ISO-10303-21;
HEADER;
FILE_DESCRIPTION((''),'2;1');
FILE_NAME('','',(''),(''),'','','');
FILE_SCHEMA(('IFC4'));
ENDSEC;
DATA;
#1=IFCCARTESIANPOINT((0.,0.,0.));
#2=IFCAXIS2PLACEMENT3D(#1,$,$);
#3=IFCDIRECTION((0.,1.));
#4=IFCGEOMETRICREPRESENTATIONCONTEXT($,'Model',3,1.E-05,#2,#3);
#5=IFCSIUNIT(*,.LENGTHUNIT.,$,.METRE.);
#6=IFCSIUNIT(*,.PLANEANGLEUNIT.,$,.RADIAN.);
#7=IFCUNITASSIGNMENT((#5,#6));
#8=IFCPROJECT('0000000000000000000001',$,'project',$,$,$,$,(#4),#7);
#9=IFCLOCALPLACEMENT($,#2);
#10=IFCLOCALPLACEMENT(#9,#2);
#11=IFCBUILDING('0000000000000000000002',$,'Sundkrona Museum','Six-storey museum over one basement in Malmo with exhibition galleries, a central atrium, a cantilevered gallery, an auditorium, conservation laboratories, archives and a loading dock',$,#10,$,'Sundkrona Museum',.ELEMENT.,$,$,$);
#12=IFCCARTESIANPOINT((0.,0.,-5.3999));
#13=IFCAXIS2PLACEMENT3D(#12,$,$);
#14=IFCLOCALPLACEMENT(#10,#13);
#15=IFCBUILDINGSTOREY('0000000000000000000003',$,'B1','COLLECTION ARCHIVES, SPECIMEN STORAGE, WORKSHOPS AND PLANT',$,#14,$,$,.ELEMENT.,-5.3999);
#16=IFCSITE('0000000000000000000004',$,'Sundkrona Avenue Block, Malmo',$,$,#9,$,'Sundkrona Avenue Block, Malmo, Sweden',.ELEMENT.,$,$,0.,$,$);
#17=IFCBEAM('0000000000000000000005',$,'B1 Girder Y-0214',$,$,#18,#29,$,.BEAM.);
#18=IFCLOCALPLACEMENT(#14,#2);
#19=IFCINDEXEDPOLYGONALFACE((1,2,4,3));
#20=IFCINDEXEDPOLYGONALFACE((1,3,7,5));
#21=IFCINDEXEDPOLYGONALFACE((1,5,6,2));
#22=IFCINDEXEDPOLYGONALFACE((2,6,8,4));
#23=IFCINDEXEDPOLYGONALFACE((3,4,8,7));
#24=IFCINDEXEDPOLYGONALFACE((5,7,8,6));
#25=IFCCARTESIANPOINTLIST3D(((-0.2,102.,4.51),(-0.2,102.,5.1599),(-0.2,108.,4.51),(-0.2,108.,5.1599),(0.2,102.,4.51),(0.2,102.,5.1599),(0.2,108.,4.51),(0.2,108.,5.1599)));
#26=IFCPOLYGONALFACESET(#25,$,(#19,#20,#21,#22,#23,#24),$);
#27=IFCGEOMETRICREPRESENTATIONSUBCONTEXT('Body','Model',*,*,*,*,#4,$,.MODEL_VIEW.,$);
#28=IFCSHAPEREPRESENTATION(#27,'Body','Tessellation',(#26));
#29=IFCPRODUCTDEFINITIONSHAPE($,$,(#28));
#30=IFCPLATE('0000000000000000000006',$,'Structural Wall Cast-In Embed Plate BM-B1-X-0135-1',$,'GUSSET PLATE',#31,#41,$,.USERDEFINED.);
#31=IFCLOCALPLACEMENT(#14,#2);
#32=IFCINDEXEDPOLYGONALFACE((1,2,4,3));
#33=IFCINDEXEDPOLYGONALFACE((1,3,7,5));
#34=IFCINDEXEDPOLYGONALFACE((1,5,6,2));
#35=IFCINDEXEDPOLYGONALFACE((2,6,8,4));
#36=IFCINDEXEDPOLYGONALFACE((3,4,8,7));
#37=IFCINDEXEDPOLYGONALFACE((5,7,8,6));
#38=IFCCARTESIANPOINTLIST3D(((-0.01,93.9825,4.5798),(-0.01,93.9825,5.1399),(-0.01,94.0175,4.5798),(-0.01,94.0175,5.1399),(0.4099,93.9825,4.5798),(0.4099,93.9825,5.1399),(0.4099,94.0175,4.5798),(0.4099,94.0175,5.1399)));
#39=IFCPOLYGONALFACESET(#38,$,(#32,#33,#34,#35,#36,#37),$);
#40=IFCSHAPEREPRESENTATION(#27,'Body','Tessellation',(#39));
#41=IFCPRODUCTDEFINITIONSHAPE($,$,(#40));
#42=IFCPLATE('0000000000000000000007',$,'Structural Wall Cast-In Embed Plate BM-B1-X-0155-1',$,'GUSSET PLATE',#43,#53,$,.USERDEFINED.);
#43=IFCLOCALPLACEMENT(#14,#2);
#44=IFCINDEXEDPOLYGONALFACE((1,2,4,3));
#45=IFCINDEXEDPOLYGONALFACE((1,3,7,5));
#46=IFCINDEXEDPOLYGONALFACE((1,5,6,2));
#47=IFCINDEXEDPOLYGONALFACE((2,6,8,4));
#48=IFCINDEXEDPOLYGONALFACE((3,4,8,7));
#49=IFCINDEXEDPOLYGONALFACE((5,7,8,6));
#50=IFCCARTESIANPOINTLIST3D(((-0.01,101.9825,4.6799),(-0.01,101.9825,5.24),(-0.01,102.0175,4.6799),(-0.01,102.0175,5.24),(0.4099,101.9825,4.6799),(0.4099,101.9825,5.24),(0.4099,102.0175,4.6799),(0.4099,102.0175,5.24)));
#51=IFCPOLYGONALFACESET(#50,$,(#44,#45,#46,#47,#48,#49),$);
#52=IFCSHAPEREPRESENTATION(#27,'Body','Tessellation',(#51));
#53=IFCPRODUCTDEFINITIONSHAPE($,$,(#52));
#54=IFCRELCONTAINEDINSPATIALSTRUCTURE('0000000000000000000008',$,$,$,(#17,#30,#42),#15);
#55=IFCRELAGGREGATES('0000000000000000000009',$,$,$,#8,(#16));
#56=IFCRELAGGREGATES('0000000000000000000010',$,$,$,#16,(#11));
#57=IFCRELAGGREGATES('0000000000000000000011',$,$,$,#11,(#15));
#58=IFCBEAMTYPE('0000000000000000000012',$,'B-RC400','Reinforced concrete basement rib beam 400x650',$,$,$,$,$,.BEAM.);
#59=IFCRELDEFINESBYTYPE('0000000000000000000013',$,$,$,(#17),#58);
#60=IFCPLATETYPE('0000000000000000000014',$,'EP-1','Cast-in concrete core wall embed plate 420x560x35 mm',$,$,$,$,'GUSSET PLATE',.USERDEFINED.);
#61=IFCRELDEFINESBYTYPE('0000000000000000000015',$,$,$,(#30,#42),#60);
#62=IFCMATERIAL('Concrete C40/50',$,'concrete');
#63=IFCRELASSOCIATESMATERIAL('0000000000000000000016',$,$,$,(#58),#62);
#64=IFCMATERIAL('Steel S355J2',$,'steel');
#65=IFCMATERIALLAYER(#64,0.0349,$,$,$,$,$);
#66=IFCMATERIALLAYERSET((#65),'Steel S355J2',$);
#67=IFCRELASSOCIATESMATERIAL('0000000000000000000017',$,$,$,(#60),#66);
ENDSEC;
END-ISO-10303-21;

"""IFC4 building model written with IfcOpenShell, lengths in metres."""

from ifc_helpers import new_model, si_unit, direction, frame, origin, origin_2d, place, context, subcontext, project, spatial, rectangle, extrude, material, layer, layer_set, material_profile, profile_set, type_object, element, save


model = new_model("IFC4")

# Units and contexts
model_context = context("Model", 3, precision=1e-05, world=origin(), true_north=direction((0.0, 1.0)))
body_context = subcontext(model_context, "Body", "Model", "MODEL_VIEW")
ifc_project = project(units=[si_unit("LENGTHUNIT", "METRE"), si_unit("PLANEANGLEUNIT", "RADIAN")], contexts=[model_context])

# Site, building, storey
site_placement = place(None, origin())
site = spatial("IfcSite", under=ifc_project, at=site_placement, Name="Sundkrona Avenue Block, Malmo", LongName="Sundkrona Avenue Block, Malmo, Sweden", CompositionType="ELEMENT", RefElevation=0.0)
building_placement = place(site_placement, origin())
building = spatial("IfcBuilding", under=site, at=building_placement, Name="Sundkrona Museum", Description="Six-storey museum over one basement in Malmo with exhibition galleries, a central atrium, a cantilevered gallery, an auditorium, conservation laboratories, archives and a loading dock", LongName="Sundkrona Museum", CompositionType="ELEMENT")
storey_placement = place(building_placement, frame((0.0, 0.0, -5.3999)))
storey = spatial("IfcBuildingStorey", under=building, at=storey_placement, Name="B1", Description="COLLECTION ARCHIVES, SPECIMEN STORAGE, WORKSHOPS AND PLANT", CompositionType="ELEMENT", Elevation=-5.3999)

# Shared definitions
ifc_material_1 = material(Name="Concrete C40/50", Category="concrete")

# Beam
ifc_material_2 = material(Name="Steel S355J2", Category="steel")
ifc_material_profile_1 = material_profile(ifc_material_1, rectangle(XDim=0.3999, YDim=0.6499, at=origin_2d()), Name="RCB 400x650")
ifc_profile_set_1 = profile_set([ifc_material_profile_1], Name="Concrete C40/50")
beam_type_1 = type_object("IfcBeamType", Name="B-RC400", Description="Reinforced concrete basement rib beam 400x650", PredefinedType="BEAM", material=ifc_profile_set_1)
beam_1_placement = place(storey_placement, frame((0.0, 102.0, 4.835), z_axis=(0.0, 1.0, 0.0), x_axis=(-1.0, 0.0, 0.0)))
element("IfcBeam", 1, at=beam_1_placement, inside=storey, type_object=beam_type_1, Name="B1 Girder Y-0214", PredefinedType="BEAM", context=body_context, shape_type="SweptSolid", body=[
    extrude(rectangle(XDim=0.3999, YDim=0.6499, at=origin_2d()), origin(), (0.0, 0.0, 1.0), 6.0),
])

# Plates
ifc_layer = layer(ifc_material_2, 0.0349)
ifc_layer_set = layer_set([ifc_layer], Name="Steel S355J2")
plate_type = type_object("IfcPlateType", Name="EP-1", Description="Cast-in concrete core wall embed plate 420x560x35 mm", ElementType="GUSSET PLATE", PredefinedType="USERDEFINED", material=ifc_layer_set)
for number, where, z_axis, x_axis, name in (
    (2, (0.2, 94.0, 4.5798), (0.0, 0.0, 1.0), (1.0, 0.0, 0.0), "Structural Wall Cast-In Embed Plate BM-B1-X-0135-1"),
    (3, (0.2, 102.0, 4.6799), (0.0, 0.0, 1.0), (1.0, 0.0, 0.0), "Structural Wall Cast-In Embed Plate BM-B1-X-0155-1"),
):
    element("IfcPlate", number, at=place(storey_placement, frame(where, z_axis=z_axis, x_axis=x_axis)), inside=storey, type_object=plate_type, Name=name, ObjectType="GUSSET PLATE", PredefinedType="USERDEFINED", context=body_context, shape_type="SweptSolid", body=[
        extrude(rectangle(XDim=0.4199, YDim=0.0349, at=origin_2d()), origin(), (0.0, 0.0, 1.0), 0.5601),
    ])

save(model, "model.ifc")
